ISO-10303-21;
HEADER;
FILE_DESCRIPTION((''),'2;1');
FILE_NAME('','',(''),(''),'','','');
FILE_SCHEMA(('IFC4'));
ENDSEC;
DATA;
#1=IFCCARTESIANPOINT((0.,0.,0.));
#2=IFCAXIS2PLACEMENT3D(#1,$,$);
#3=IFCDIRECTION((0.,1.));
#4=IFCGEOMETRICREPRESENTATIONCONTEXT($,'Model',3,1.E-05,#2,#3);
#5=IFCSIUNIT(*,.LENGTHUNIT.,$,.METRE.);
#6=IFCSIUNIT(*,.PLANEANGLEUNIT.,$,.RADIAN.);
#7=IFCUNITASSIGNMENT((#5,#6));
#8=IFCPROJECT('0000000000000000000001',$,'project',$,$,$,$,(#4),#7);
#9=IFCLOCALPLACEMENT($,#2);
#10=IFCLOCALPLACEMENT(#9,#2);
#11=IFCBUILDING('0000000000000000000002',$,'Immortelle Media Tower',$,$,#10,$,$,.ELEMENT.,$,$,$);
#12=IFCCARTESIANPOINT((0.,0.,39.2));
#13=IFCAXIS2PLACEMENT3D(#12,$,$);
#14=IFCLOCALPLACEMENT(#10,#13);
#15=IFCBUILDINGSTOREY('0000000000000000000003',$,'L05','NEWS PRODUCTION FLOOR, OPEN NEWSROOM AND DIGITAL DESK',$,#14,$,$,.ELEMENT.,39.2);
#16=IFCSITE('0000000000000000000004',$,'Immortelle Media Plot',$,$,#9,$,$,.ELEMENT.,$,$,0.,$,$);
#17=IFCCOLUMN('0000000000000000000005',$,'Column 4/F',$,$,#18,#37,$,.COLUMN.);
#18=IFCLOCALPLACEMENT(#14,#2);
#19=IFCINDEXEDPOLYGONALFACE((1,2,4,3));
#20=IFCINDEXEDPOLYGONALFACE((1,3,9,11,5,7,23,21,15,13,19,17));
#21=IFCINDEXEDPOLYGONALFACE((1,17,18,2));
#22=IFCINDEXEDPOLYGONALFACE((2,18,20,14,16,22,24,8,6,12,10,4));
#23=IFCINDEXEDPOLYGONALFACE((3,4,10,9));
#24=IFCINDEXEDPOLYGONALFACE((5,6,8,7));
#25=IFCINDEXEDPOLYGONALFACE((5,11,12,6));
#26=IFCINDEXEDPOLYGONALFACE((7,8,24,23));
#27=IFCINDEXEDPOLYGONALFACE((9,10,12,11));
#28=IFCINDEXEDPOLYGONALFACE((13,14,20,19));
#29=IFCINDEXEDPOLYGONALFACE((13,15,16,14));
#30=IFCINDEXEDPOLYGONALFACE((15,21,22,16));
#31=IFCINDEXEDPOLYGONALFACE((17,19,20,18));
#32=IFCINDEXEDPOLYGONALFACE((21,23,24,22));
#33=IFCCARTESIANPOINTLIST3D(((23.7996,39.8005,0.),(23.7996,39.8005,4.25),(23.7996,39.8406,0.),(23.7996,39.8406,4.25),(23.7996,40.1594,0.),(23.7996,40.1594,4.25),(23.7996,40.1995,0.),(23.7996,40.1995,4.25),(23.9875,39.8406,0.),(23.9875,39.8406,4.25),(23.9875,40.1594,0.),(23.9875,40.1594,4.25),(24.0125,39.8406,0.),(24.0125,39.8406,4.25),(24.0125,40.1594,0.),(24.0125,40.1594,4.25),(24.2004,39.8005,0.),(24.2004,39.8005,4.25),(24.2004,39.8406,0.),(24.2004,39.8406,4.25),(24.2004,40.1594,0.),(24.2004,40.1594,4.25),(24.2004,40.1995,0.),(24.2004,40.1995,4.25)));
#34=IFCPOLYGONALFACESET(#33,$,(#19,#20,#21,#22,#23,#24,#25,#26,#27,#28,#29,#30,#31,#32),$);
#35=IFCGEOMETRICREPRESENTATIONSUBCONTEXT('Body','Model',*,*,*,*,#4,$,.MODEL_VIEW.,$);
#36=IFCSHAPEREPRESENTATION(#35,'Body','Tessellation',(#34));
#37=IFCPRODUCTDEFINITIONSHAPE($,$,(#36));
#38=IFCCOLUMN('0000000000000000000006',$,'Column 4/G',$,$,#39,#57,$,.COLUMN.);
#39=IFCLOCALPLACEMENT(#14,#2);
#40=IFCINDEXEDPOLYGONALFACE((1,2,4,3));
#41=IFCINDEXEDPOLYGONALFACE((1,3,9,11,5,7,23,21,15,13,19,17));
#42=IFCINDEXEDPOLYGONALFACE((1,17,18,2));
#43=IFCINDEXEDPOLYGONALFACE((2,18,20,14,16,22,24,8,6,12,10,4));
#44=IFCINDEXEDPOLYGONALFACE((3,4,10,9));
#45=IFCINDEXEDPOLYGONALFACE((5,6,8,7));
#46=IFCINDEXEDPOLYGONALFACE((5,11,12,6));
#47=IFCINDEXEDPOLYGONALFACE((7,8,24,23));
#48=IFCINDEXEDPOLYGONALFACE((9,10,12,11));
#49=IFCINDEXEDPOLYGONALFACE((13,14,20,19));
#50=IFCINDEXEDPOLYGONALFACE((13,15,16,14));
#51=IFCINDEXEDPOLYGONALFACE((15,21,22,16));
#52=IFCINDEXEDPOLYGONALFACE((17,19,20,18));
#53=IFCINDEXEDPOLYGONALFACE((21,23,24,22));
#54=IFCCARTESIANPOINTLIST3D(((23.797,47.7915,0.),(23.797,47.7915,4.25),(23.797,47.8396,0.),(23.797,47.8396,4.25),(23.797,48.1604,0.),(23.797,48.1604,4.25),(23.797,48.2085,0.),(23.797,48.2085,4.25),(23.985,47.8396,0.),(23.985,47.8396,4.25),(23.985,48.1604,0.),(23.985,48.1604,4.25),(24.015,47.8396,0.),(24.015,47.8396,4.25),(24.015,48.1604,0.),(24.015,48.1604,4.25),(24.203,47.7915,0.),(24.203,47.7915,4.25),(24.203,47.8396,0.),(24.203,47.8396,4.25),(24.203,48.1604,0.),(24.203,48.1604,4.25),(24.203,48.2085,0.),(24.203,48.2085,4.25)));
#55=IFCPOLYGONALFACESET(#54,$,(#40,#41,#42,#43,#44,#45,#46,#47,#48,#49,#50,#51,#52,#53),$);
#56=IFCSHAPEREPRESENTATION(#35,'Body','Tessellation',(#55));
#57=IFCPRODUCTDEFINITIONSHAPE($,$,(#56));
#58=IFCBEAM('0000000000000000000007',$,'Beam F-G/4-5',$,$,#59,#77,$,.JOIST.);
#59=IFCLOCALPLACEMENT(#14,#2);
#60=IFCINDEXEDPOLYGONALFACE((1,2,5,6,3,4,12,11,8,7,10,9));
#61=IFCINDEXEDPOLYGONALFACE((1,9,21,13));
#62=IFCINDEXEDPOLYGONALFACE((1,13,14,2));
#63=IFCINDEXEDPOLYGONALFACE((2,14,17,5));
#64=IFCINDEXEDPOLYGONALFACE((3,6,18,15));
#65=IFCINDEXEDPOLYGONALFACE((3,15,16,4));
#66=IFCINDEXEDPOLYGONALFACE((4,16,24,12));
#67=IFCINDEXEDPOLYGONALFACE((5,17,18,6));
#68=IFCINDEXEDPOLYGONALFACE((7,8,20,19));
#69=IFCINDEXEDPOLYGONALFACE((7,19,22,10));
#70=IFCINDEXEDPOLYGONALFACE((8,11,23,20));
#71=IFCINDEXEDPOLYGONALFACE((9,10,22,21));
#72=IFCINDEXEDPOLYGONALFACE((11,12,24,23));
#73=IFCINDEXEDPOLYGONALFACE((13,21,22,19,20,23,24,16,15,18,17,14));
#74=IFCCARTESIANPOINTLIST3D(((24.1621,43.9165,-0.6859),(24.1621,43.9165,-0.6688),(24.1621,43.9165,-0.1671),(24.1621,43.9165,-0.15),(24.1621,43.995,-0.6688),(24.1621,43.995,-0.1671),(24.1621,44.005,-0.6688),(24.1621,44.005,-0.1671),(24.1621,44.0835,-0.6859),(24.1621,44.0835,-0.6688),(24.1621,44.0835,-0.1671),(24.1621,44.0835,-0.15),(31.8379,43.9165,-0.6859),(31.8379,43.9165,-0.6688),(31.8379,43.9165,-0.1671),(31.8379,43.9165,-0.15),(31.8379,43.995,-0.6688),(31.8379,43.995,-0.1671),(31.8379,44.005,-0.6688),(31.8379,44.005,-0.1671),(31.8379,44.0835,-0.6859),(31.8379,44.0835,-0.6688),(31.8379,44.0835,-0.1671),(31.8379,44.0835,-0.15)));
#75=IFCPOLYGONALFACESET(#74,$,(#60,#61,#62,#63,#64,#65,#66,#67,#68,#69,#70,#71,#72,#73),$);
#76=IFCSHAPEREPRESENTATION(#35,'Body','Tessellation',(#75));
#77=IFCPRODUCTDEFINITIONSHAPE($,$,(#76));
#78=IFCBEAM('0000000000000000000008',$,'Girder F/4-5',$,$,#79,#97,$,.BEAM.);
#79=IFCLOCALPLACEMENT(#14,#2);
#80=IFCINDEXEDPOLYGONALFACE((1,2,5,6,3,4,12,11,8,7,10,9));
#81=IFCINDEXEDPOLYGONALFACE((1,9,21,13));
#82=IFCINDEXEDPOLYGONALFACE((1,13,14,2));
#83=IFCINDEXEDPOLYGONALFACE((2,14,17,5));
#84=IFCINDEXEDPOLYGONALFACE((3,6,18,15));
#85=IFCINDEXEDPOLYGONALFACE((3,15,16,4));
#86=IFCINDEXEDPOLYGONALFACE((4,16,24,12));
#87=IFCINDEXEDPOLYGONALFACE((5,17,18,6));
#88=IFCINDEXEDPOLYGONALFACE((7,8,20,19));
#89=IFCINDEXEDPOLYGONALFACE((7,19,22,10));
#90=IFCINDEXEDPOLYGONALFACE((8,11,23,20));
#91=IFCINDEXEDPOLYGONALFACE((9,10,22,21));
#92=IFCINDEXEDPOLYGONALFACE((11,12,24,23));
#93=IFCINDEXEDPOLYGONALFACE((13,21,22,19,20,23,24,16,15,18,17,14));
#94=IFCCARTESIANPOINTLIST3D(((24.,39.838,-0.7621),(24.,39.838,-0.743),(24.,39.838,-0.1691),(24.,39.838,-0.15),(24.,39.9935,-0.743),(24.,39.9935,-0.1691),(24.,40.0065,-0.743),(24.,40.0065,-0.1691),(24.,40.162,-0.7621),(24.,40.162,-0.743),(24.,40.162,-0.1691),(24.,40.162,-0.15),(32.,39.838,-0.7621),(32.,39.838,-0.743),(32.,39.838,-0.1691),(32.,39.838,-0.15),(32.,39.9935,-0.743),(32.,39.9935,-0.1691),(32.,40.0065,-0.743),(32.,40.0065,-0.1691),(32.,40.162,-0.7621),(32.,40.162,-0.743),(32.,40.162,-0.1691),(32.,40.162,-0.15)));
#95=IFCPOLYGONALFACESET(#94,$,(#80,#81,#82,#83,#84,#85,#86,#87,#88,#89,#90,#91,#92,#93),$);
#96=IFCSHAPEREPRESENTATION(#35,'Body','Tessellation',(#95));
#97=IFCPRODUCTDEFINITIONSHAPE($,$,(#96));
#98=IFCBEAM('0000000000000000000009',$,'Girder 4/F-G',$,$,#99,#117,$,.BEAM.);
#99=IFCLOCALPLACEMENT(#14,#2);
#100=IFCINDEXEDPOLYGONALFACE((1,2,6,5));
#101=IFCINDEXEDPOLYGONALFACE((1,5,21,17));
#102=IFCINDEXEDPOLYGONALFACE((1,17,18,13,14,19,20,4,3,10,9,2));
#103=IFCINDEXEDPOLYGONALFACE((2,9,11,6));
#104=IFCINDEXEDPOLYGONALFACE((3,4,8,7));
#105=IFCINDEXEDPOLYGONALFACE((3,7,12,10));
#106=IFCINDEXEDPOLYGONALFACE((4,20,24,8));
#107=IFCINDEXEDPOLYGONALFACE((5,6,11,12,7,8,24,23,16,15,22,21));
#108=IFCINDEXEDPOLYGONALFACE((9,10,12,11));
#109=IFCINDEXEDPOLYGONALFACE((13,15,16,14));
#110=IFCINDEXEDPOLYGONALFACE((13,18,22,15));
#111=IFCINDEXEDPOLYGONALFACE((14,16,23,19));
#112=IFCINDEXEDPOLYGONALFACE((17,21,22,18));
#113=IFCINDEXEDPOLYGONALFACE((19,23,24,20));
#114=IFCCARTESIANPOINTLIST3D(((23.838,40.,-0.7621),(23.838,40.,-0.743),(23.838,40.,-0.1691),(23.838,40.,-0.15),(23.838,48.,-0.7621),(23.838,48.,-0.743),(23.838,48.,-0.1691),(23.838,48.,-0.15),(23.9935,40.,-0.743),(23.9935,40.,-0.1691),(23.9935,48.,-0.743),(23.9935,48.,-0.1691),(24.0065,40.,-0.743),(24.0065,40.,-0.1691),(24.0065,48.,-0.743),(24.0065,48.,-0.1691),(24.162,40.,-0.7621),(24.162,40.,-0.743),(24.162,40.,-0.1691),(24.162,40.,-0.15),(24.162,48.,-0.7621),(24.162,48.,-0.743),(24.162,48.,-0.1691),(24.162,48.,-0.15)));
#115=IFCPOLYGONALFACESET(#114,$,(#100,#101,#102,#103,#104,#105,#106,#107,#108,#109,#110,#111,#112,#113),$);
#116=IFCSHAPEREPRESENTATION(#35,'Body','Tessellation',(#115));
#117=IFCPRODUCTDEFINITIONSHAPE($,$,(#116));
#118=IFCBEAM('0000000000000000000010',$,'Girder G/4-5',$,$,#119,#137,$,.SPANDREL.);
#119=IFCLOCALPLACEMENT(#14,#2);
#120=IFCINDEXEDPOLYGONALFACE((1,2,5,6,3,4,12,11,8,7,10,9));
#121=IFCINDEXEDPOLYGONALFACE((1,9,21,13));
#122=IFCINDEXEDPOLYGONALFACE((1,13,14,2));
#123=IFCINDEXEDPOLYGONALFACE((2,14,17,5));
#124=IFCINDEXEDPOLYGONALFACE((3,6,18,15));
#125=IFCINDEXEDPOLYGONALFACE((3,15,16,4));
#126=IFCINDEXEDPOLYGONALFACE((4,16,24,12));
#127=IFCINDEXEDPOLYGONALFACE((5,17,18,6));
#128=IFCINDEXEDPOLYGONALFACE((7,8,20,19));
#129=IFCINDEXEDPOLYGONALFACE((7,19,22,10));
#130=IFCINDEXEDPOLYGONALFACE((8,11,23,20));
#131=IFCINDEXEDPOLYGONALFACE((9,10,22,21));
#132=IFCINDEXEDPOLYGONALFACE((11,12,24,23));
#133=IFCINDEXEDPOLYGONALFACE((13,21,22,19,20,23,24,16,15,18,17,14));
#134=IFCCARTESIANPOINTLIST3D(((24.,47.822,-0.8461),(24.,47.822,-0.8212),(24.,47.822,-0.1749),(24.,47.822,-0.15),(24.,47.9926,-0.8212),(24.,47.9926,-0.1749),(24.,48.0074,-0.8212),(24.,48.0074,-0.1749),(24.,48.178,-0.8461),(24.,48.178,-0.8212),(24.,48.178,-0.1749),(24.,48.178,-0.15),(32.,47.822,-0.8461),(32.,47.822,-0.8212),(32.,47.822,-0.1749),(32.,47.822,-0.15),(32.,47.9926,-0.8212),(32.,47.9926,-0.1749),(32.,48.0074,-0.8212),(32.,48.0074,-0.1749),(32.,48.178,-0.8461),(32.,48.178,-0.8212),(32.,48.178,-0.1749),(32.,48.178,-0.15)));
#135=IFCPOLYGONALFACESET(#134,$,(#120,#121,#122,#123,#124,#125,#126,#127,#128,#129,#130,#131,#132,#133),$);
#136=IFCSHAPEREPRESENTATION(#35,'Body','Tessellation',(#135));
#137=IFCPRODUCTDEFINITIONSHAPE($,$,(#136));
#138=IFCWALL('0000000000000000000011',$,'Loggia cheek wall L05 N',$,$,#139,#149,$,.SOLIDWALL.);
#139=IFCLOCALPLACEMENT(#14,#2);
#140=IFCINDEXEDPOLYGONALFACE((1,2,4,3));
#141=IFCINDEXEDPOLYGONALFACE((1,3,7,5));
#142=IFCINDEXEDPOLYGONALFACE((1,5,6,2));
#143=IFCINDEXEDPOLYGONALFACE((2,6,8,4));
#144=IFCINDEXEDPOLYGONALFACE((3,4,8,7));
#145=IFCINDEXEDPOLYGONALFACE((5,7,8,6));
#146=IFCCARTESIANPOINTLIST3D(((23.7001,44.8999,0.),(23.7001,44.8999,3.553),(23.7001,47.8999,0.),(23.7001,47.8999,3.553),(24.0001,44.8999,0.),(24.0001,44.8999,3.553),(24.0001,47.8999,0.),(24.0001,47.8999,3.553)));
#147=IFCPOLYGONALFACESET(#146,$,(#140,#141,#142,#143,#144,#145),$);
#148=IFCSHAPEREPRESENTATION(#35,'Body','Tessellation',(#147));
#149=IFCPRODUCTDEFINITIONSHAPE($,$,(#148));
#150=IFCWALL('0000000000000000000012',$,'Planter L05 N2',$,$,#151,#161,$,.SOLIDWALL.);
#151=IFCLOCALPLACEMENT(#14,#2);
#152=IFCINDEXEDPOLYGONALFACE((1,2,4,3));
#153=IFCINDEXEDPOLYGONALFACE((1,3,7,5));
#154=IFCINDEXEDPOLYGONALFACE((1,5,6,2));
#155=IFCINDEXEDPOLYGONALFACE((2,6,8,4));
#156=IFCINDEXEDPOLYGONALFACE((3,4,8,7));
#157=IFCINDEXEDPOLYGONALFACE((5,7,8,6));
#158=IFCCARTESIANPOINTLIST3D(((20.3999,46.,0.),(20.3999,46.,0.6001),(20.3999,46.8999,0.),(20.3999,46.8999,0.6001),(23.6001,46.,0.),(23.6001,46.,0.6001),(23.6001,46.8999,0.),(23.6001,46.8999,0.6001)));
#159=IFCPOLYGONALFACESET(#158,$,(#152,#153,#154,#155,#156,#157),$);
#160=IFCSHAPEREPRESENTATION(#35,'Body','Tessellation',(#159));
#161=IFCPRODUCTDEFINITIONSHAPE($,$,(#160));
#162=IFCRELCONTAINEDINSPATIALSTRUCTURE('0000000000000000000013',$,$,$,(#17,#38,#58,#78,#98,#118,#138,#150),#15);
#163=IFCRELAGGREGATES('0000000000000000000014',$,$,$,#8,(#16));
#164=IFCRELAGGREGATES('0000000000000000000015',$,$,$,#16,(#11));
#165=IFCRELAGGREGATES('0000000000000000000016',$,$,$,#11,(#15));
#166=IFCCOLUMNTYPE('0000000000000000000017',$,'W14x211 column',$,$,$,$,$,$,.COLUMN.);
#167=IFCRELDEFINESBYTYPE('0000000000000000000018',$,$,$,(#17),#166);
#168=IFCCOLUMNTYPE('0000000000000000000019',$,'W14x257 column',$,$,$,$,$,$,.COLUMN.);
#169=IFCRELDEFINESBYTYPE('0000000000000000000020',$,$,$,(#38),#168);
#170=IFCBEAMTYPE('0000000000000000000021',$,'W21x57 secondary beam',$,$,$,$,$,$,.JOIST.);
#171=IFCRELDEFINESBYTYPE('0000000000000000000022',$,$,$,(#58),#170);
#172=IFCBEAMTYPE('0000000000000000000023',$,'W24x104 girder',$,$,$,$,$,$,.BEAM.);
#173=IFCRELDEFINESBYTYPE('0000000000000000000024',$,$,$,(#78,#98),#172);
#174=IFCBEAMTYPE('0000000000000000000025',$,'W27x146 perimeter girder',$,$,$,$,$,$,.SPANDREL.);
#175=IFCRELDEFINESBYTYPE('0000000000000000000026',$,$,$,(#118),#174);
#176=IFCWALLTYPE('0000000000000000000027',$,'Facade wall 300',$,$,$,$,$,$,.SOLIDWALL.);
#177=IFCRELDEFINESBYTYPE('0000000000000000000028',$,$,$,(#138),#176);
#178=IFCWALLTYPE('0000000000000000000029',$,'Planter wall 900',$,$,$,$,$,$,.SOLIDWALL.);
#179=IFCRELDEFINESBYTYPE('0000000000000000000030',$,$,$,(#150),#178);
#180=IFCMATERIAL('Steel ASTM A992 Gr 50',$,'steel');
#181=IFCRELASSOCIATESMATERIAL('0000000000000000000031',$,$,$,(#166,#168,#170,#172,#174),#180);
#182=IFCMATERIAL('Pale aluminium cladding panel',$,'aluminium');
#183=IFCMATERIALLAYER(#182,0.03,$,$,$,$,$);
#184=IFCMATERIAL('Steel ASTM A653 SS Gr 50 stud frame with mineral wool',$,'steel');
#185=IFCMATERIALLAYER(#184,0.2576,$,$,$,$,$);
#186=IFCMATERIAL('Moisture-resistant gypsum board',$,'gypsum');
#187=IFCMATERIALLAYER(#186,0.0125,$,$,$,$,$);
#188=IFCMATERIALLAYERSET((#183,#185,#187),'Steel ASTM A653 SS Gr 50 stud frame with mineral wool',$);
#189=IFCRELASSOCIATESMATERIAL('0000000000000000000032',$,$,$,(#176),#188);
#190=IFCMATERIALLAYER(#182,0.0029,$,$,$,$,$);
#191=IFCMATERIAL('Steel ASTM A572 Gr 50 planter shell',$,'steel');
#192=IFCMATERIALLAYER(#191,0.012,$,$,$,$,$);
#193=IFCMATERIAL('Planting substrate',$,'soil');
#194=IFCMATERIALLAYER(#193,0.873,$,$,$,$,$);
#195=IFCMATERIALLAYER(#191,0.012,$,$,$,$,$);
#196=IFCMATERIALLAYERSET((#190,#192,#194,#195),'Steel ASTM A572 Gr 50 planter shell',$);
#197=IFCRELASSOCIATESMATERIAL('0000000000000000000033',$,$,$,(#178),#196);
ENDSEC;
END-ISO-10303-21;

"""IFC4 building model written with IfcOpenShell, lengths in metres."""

from ifc_helpers import new_model, si_unit, direction, frame, frame_2d, origin, origin_2d, place, context, subcontext, project, spatial, rectangle, i_section, extrude, material, layer, layer_set, material_profile, profile_set, type_object, element, save


model = new_model("IFC4")

# Units and contexts
model_context = context("Model", 3, precision=1e-05, world=origin(), true_north=direction((0.0, 1.0)))
body_context = subcontext(model_context, "Body", "Model", "MODEL_VIEW")
ifc_project = project(units=[si_unit("LENGTHUNIT", "METRE"), si_unit("PLANEANGLEUNIT", "RADIAN")], contexts=[model_context])

# Site, building, storey
site_placement = place(None, origin())
site = spatial("IfcSite", under=ifc_project, at=site_placement, Name="Immortelle Media Plot", CompositionType="ELEMENT", RefElevation=0.0)
building_placement = place(site_placement, origin())
building = spatial("IfcBuilding", under=site, at=building_placement, Name="Immortelle Media Tower", CompositionType="ELEMENT")
storey_placement = place(building_placement, frame((0.0, 0.0, 39.2)))
storey = spatial("IfcBuildingStorey", under=building, at=storey_placement, Name="L05", Description="NEWS PRODUCTION FLOOR, OPEN NEWSROOM AND DIGITAL DESK", CompositionType="ELEMENT", Elevation=39.2)

# Columns
ifc_material_1 = material(Name="Steel ASTM A992 Gr 50", Category="steel")
ifc_material_profile_1 = material_profile(ifc_material_1, i_section(OverallWidth=0.4009, OverallDepth=0.3989, WebThickness=0.0249, FlangeThickness=0.04, at=origin_2d()), Name="W14x211")
ifc_profile_set_1 = profile_set([ifc_material_profile_1], Name="Steel ASTM A992 Gr 50")
column_type_1 = type_object("IfcColumnType", Name="W14x211 column", PredefinedType="COLUMN", material=ifc_profile_set_1)
column_1_placement = place(storey_placement, frame((24.0, 40.0, 0.0), z_axis=(0.0, 0.0, 1.0), x_axis=(1.0, 0.0, 0.0)))
element("IfcColumn", 1, at=column_1_placement, inside=storey, type_object=column_type_1, Name="Column 4/F", PredefinedType="COLUMN", context=body_context, shape_type="SweptSolid", body=[
    extrude(i_section(OverallWidth=0.4009, OverallDepth=0.3989, WebThickness=0.0249, FlangeThickness=0.04, at=origin_2d()), origin(), (0.0, 0.0, 1.0), 4.25),
])
ifc_material_profile_2 = material_profile(ifc_material_1, i_section(OverallWidth=0.406, OverallDepth=0.417, WebThickness=0.03, FlangeThickness=0.0481, at=origin_2d()), Name="W14x257")
ifc_profile_set_2 = profile_set([ifc_material_profile_2], Name="Steel ASTM A992 Gr 50")
column_type_2 = type_object("IfcColumnType", Name="W14x257 column", PredefinedType="COLUMN", material=ifc_profile_set_2)
column_2_placement = place(storey_placement, frame((24.0, 48.0, 0.0), z_axis=(0.0, 0.0, 1.0), x_axis=(1.0, 0.0, 0.0)))
element("IfcColumn", 2, at=column_2_placement, inside=storey, type_object=column_type_2, Name="Column 4/G", PredefinedType="COLUMN", context=body_context, shape_type="SweptSolid", body=[
    extrude(i_section(OverallWidth=0.406, OverallDepth=0.417, WebThickness=0.03, FlangeThickness=0.0481, at=origin_2d()), origin(), (0.0, 0.0, 1.0), 4.25),
])

# Beams
ifc_material_profile_3 = material_profile(ifc_material_1, i_section(OverallWidth=0.167, OverallDepth=0.5359, WebThickness=0.01, FlangeThickness=0.0171, at=origin_2d()), Name="W21x57")
ifc_profile_set_3 = profile_set([ifc_material_profile_3], Name="Steel ASTM A992 Gr 50")
beam_type_1 = type_object("IfcBeamType", Name="W21x57 secondary beam", PredefinedType="JOIST", material=ifc_profile_set_3)
beam_1_placement = place(storey_placement, frame((24.1621, 44.0, -0.418), z_axis=(1.0, 0.0, 0.0), x_axis=(0.0, 1.0, 0.0)))
element("IfcBeam", 3, at=beam_1_placement, inside=storey, type_object=beam_type_1, Name="Beam F-G/4-5", PredefinedType="JOIST", context=body_context, shape_type="SweptSolid", body=[
    extrude(i_section(OverallWidth=0.167, OverallDepth=0.5359, WebThickness=0.01, FlangeThickness=0.0171, at=origin_2d()), origin(), (0.0, 0.0, 1.0), 7.6758),
])
ifc_material_profile_4 = material_profile(ifc_material_1, i_section(OverallWidth=0.324, OverallDepth=0.6121, WebThickness=0.0129, FlangeThickness=0.019, at=origin_2d()), Name="W24x104")
ifc_profile_set_4 = profile_set([ifc_material_profile_4], Name="Steel ASTM A992 Gr 50")
beam_type_2 = type_object("IfcBeamType", Name="W24x104 girder", PredefinedType="BEAM", material=ifc_profile_set_4)
for number, where, z_axis, x_axis, name in (
    (4, (24.0, 40.0, -0.4561), (1.0, 0.0, 0.0), (0.0, 1.0, 0.0), "Girder F/4-5"),
    (5, (24.0, 40.0, -0.4561), (0.0, 1.0, 0.0), (-1.0, 0.0, 0.0), "Girder 4/F-G"),
):
    element("IfcBeam", number, at=place(storey_placement, frame(where, z_axis=z_axis, x_axis=x_axis)), inside=storey, type_object=beam_type_2, Name=name, PredefinedType="BEAM", context=body_context, shape_type="SweptSolid", body=[
        extrude(i_section(OverallWidth=0.324, OverallDepth=0.6121, WebThickness=0.0129, FlangeThickness=0.019, at=origin_2d()), origin(), (0.0, 0.0, 1.0), 8.0),
    ])
ifc_material_profile_5 = material_profile(ifc_material_1, i_section(OverallWidth=0.356, OverallDepth=0.696, WebThickness=0.0149, FlangeThickness=0.0249, at=origin_2d()), Name="W27x146")
ifc_profile_set_5 = profile_set([ifc_material_profile_5], Name="Steel ASTM A992 Gr 50")
beam_type_3 = type_object("IfcBeamType", Name="W27x146 perimeter girder", PredefinedType="SPANDREL", material=ifc_profile_set_5)
beam_2_placement = place(storey_placement, frame((24.0, 48.0, -0.498), z_axis=(1.0, 0.0, 0.0), x_axis=(0.0, 1.0, 0.0)))
element("IfcBeam", 6, at=beam_2_placement, inside=storey, type_object=beam_type_3, Name="Girder G/4-5", PredefinedType="SPANDREL", context=body_context, shape_type="SweptSolid", body=[
    extrude(i_section(OverallWidth=0.356, OverallDepth=0.696, WebThickness=0.0149, FlangeThickness=0.0249, at=origin_2d()), origin(), (0.0, 0.0, 1.0), 8.0),
])

# Shared definitions
ifc_material_2 = material(Name="Pale aluminium cladding panel", Category="aluminium")
ifc_layer_1 = layer(ifc_material_2, 0.03)
ifc_material_3 = material(Name="Steel ASTM A653 SS Gr 50 stud frame with mineral wool", Category="steel")
ifc_layer_2 = layer(ifc_material_3, 0.2576)
ifc_material_4 = material(Name="Moisture-resistant gypsum board", Category="gypsum")
ifc_layer_3 = layer(ifc_material_4, 0.0125)
ifc_layer_set_1 = layer_set([ifc_layer_1, ifc_layer_2, ifc_layer_3], Name="Steel ASTM A653 SS Gr 50 stud frame with mineral wool")
wall_type_1 = type_object("IfcWallType", Name="Facade wall 300", PredefinedType="SOLIDWALL", material=ifc_layer_set_1)

# Walls
wall_1_placement = place(storey_placement, frame((23.8501, 47.8999, 0.0), z_axis=(0.0, 0.0, 1.0), x_axis=(0.0, -1.0, 0.0)))
element("IfcWall", 7, at=wall_1_placement, inside=storey, type_object=wall_type_1, Name="Loggia cheek wall L05 N", PredefinedType="SOLIDWALL", context=body_context, shape_type="SweptSolid", body=[
    extrude(rectangle(XDim=3.0, YDim=0.3, at=frame_2d((1.5, 0.0))), origin(), (0.0, 0.0, 1.0), 3.553),
])
ifc_layer_4 = layer(ifc_material_2, 0.0029)
ifc_material_5 = material(Name="Steel ASTM A572 Gr 50 planter shell", Category="steel")
ifc_layer_5 = layer(ifc_material_5, 0.012)
ifc_material_6 = material(Name="Planting substrate", Category="soil")
ifc_layer_6 = layer(ifc_material_6, 0.873)
ifc_layer_7 = layer(ifc_material_5, 0.012)
ifc_layer_set_2 = layer_set([ifc_layer_4, ifc_layer_5, ifc_layer_6, ifc_layer_7], Name="Steel ASTM A572 Gr 50 planter shell")
wall_type_2 = type_object("IfcWallType", Name="Planter wall 900", PredefinedType="SOLIDWALL", material=ifc_layer_set_2)
wall_2_placement = place(storey_placement, frame((23.6001, 46.45, 0.0), z_axis=(0.0, 0.0, 1.0), x_axis=(-1.0, 0.0, 0.0)))
element("IfcWall", 8, at=wall_2_placement, inside=storey, type_object=wall_type_2, Name="Planter L05 N2", PredefinedType="SOLIDWALL", context=body_context, shape_type="SweptSolid", body=[
    extrude(rectangle(XDim=3.2002, YDim=0.8999, at=frame_2d((1.6001, 0.0))), origin(), (0.0, 0.0, 1.0), 0.6001),
])

save(model, "model.ifc")
